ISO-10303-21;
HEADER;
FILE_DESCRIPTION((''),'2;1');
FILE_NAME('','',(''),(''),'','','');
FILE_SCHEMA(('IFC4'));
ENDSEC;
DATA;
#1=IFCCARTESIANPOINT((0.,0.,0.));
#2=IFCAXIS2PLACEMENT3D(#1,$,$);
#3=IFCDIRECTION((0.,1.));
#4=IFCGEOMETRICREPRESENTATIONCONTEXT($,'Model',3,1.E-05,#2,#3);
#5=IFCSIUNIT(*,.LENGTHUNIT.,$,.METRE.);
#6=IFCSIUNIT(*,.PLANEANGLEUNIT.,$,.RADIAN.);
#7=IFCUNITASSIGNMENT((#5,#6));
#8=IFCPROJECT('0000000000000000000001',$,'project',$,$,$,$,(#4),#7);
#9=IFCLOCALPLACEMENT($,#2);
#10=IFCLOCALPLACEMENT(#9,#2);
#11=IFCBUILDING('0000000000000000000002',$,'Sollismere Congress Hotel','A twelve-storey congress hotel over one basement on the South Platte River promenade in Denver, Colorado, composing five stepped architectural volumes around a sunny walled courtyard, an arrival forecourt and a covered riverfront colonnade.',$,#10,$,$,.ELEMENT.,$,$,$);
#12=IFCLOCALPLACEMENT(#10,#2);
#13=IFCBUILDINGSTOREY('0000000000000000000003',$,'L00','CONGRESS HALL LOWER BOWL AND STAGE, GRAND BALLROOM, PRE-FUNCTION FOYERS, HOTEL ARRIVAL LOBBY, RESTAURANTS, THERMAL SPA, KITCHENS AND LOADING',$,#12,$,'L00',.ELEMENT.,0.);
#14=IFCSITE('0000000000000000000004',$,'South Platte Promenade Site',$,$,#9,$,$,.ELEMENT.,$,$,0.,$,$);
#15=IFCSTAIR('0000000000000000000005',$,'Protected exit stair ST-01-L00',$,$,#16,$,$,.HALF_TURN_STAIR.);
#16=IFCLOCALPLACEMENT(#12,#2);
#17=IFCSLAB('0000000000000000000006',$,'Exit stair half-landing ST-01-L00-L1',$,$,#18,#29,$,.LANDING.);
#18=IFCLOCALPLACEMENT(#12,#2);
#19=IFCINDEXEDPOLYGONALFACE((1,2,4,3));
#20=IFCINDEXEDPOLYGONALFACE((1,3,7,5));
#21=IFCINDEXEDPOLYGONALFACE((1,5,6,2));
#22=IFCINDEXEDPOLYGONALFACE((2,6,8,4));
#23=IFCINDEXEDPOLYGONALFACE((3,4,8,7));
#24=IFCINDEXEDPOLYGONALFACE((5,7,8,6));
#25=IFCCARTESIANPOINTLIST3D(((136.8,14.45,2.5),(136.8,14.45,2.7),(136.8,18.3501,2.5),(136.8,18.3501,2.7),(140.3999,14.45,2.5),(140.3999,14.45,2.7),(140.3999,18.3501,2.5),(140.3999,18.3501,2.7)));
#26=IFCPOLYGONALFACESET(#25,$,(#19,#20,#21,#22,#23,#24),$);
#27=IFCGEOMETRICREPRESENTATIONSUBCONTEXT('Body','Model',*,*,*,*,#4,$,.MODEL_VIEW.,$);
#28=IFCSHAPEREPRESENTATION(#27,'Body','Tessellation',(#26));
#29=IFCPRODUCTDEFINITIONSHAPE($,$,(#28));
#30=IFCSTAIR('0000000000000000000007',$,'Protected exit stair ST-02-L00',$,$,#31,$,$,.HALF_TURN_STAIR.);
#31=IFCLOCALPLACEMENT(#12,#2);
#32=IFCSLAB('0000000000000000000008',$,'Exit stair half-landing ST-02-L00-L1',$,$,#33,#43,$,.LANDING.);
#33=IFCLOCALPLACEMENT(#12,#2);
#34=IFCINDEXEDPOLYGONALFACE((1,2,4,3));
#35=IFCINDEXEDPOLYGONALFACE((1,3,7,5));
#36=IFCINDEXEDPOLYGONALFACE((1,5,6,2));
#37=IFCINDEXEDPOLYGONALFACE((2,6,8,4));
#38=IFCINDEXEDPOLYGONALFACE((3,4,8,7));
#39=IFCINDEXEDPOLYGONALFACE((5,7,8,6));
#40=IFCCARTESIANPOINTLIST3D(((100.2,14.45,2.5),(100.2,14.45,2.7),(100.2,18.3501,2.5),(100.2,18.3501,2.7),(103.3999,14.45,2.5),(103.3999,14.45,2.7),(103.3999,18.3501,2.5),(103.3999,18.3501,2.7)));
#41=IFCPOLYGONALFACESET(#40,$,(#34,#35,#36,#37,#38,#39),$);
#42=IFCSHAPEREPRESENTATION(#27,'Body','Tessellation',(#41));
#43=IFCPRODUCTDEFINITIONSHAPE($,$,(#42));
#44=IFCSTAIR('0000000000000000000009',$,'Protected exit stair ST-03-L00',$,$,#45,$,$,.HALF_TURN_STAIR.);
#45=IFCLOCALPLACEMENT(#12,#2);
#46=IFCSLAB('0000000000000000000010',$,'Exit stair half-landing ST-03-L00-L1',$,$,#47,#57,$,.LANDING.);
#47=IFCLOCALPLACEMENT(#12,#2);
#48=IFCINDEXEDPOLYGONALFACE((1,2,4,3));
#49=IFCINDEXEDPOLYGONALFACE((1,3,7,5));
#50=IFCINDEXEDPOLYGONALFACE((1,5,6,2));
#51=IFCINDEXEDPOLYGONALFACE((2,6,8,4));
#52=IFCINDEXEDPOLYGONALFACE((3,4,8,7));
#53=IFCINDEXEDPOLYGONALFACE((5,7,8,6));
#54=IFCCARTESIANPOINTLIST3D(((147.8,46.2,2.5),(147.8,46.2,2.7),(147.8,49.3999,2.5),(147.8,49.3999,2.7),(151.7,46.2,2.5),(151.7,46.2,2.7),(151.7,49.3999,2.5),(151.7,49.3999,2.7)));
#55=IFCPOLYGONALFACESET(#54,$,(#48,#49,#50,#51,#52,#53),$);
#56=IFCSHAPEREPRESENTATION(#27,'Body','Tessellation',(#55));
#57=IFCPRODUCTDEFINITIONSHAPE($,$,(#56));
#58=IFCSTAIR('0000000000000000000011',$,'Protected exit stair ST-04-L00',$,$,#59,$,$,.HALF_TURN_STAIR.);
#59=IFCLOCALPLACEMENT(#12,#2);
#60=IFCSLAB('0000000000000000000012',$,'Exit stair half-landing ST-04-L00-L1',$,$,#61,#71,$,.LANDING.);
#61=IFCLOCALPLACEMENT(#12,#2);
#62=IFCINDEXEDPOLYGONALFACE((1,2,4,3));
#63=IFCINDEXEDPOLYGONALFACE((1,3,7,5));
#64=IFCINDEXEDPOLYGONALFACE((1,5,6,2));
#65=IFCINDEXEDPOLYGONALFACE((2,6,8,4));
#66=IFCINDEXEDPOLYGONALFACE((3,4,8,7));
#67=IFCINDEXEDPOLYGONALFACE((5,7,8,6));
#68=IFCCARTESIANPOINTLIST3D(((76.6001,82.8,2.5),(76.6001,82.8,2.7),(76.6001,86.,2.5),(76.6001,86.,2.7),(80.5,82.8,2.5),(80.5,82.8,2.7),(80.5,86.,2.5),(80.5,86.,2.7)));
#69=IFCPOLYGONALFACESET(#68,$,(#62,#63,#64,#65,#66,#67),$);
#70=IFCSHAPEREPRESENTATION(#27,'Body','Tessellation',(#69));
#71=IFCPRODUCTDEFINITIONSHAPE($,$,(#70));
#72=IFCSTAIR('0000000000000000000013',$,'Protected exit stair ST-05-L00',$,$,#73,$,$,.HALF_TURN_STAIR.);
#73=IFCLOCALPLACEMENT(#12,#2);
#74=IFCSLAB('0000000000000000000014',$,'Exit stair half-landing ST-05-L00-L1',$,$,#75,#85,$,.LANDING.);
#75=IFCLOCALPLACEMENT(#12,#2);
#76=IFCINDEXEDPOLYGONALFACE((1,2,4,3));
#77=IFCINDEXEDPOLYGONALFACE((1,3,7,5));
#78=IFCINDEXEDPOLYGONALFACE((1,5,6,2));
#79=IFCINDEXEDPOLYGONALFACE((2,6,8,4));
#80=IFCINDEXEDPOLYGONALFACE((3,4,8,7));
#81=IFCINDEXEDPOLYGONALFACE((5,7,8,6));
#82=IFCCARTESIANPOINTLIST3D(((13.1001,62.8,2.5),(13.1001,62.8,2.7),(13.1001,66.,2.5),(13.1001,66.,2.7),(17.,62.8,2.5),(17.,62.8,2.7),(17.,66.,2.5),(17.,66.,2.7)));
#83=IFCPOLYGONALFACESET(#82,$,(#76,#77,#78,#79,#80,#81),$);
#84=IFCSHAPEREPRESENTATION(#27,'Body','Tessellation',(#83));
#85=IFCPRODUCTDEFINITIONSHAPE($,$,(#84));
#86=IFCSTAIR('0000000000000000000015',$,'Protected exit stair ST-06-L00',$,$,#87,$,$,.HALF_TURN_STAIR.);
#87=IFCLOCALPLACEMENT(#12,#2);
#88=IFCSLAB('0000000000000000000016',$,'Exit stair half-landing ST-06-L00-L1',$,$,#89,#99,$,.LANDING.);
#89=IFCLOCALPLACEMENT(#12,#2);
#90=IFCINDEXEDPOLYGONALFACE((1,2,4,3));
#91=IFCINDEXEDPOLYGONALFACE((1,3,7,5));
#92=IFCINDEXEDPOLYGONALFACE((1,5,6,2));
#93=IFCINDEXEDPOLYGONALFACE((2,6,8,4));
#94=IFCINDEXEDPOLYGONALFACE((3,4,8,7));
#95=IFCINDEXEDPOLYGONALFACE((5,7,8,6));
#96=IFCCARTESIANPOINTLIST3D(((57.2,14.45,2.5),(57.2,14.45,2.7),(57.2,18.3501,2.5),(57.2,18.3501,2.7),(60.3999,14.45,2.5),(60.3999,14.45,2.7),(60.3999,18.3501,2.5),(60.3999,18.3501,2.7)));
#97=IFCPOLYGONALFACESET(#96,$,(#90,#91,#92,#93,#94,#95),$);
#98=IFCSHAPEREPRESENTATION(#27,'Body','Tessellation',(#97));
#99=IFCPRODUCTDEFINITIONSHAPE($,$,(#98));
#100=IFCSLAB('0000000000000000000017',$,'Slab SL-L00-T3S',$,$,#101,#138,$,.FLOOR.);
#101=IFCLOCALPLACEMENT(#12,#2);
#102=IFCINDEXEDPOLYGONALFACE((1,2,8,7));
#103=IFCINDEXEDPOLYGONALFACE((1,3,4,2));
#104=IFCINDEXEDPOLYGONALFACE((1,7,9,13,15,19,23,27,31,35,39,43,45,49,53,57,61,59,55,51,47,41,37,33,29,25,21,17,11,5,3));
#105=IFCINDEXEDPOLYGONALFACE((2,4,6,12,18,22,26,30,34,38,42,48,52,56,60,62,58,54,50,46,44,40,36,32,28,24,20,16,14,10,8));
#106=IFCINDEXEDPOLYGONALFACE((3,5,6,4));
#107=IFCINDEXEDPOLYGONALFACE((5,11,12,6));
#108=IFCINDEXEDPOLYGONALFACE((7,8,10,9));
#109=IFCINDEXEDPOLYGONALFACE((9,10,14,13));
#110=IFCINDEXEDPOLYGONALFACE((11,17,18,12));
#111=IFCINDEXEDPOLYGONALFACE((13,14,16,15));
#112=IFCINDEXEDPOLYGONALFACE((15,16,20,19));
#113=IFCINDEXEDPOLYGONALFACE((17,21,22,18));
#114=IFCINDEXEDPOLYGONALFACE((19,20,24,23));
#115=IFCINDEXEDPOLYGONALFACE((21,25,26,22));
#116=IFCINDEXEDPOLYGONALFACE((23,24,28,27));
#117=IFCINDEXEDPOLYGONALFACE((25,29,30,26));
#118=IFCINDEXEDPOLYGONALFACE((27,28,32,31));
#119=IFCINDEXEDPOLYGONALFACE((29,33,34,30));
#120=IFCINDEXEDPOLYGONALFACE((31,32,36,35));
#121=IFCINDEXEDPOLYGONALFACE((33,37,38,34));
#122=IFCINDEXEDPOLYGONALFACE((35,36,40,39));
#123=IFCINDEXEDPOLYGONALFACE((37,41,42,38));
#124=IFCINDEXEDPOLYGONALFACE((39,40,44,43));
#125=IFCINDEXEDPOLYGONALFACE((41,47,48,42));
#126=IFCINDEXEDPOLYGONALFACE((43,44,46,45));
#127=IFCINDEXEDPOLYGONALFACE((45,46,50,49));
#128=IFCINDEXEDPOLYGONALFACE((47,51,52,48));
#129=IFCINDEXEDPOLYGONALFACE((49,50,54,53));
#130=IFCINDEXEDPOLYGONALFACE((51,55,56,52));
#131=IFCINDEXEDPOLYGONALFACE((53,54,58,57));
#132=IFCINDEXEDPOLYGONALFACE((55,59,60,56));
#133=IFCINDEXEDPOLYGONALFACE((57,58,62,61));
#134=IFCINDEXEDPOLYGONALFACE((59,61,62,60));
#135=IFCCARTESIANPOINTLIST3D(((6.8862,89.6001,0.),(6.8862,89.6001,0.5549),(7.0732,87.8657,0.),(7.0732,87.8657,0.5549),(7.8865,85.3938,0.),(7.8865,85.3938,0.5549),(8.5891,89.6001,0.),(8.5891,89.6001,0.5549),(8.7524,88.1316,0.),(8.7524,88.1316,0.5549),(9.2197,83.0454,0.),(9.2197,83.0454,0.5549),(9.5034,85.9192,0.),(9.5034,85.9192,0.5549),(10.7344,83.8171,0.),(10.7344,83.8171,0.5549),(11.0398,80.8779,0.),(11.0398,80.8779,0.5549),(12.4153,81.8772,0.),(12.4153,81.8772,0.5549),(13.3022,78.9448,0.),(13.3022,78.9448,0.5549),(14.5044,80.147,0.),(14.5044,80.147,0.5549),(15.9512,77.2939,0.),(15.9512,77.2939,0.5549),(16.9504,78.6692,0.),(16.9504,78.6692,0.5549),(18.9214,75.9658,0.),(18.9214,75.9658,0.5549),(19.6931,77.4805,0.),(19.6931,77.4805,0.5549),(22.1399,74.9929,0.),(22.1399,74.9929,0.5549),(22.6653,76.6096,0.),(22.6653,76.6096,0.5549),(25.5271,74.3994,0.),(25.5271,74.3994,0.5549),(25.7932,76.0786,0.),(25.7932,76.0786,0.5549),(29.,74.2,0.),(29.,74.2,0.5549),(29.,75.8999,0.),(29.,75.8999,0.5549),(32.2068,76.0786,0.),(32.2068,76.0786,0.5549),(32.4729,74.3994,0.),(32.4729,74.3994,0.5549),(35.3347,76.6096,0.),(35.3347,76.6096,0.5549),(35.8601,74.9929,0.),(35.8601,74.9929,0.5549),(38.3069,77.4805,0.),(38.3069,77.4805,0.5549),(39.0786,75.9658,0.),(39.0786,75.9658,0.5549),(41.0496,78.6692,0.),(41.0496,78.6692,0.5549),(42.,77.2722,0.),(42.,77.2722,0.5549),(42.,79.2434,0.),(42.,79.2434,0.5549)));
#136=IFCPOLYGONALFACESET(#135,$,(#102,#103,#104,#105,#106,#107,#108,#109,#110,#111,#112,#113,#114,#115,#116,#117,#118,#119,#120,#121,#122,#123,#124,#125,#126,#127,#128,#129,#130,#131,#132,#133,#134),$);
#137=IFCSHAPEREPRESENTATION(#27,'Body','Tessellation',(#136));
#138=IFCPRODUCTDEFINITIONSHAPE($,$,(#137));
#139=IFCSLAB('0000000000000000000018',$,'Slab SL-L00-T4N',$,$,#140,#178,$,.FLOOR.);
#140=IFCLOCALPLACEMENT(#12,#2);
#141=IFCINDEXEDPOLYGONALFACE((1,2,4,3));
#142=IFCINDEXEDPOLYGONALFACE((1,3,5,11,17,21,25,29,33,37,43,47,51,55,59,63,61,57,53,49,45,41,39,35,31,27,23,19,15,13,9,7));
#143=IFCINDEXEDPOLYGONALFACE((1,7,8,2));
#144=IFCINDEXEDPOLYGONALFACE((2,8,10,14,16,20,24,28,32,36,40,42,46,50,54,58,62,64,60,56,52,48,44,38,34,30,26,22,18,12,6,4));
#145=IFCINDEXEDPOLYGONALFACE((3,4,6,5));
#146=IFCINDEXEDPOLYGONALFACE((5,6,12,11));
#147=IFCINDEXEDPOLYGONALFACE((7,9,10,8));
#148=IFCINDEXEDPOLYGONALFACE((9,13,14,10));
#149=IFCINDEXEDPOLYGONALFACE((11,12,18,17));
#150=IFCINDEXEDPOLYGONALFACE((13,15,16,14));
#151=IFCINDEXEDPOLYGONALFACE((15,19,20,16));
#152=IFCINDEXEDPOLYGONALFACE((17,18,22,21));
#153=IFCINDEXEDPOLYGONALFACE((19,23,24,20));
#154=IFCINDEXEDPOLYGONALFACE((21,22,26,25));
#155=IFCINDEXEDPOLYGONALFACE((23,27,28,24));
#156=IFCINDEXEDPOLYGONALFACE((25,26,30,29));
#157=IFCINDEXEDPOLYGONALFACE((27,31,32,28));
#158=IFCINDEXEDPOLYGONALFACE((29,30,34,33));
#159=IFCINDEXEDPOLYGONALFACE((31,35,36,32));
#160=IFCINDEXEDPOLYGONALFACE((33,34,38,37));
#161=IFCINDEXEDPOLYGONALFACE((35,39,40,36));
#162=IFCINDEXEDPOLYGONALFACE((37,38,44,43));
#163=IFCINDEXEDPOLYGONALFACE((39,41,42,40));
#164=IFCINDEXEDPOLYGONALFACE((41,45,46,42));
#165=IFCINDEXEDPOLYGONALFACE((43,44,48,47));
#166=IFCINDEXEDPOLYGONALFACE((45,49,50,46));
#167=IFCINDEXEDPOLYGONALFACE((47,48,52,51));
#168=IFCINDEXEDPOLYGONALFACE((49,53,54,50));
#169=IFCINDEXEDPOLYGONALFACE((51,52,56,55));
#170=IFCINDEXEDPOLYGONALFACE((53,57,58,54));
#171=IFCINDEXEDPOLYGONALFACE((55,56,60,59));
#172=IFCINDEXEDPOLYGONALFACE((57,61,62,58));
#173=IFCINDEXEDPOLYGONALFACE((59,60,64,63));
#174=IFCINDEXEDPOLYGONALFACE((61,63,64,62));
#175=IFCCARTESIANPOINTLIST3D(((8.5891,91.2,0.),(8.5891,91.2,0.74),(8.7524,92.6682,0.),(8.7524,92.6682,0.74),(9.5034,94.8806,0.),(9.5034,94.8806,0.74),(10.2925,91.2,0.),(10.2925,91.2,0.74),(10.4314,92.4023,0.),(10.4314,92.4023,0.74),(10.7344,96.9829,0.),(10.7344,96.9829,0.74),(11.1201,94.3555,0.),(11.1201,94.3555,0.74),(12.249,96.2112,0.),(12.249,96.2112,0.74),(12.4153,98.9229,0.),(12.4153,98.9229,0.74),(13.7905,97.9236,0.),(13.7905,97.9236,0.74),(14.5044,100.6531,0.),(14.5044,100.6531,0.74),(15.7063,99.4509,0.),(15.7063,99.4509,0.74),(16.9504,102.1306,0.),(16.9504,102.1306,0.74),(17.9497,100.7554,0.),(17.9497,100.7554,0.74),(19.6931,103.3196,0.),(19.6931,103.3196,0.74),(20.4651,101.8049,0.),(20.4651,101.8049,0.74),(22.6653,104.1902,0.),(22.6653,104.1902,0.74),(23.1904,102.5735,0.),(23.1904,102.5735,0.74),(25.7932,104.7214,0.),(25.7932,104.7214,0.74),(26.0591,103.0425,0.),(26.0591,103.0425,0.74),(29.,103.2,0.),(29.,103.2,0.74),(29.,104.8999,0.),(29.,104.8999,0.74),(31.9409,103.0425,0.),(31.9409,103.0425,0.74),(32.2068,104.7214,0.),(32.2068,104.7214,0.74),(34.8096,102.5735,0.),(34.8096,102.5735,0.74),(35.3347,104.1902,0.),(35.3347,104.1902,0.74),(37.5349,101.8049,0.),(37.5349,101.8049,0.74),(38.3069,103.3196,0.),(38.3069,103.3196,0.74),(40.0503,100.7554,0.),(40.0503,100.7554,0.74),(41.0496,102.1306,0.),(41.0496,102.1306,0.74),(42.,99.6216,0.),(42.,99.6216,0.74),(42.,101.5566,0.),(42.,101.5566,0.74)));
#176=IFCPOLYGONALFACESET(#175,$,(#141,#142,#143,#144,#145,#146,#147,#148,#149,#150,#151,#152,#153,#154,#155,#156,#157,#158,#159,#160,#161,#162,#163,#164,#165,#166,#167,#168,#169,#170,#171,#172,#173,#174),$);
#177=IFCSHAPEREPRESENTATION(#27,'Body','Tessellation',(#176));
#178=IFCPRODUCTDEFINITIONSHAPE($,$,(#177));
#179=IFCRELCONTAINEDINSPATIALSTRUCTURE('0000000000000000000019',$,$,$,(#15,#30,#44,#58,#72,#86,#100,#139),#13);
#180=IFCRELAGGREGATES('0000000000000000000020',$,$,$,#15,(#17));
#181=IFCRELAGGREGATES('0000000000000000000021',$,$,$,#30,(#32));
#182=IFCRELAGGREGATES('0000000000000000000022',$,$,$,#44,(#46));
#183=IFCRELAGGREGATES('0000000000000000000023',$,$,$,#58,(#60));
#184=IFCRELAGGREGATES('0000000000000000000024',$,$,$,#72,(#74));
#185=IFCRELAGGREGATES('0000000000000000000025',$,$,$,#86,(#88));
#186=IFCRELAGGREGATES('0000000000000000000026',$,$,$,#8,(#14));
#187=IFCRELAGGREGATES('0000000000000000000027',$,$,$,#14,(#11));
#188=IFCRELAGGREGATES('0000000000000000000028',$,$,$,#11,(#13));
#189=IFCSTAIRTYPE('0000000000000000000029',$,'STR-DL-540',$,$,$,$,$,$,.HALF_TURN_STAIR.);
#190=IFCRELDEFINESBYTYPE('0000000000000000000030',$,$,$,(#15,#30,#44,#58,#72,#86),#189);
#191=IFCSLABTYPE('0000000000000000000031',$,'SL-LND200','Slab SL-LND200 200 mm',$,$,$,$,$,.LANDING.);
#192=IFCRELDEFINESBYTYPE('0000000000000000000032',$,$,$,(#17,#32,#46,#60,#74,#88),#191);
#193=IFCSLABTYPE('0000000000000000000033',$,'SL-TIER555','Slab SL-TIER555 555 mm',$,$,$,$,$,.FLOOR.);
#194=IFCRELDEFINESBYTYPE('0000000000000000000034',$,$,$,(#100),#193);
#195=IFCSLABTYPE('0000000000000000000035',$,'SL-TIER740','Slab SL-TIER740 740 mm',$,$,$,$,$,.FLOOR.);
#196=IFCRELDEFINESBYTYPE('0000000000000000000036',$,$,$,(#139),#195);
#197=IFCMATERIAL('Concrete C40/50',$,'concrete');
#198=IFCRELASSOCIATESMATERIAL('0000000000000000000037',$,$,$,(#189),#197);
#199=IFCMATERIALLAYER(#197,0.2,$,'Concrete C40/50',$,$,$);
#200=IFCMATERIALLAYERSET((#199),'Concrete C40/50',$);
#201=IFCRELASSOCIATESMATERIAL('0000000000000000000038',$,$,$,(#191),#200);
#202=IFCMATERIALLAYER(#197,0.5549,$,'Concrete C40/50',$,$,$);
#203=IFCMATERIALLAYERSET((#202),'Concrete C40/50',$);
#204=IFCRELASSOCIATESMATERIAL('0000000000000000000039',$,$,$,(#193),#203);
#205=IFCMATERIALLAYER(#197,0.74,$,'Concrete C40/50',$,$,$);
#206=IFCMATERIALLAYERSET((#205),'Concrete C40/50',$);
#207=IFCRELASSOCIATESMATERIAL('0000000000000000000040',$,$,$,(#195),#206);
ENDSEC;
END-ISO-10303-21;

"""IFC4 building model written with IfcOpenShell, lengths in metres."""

from ifc_helpers import new_model, si_unit, direction, frame, origin, place, context, subcontext, project, spatial, polyline, outline, extrude, material, layer, layer_set, type_object, element, aggregate, save


model = new_model("IFC4")

# Units and contexts
model_context = context("Model", 3, precision=1e-05, world=origin(), true_north=direction((0.0, 1.0)))
body_context = subcontext(model_context, "Body", "Model", "MODEL_VIEW")
ifc_project = project(units=[si_unit("LENGTHUNIT", "METRE"), si_unit("PLANEANGLEUNIT", "RADIAN")], contexts=[model_context])

# Site, building, storey
site_placement = place(None, origin())
site = spatial("IfcSite", under=ifc_project, at=site_placement, Name="South Platte Promenade Site", CompositionType="ELEMENT", RefElevation=0.0)
building_placement = place(site_placement, origin())
building = spatial("IfcBuilding", under=site, at=building_placement, Name="Sollismere Congress Hotel", Description="A twelve-storey congress hotel over one basement on the South Platte River promenade in Denver, Colorado, composing five stepped architectural volumes around a sunny walled courtyard, an arrival forecourt and a covered riverfront colonnade.", CompositionType="ELEMENT")
storey_placement = place(building_placement, origin())
storey = spatial("IfcBuildingStorey", under=building, at=storey_placement, Name="L00", Description="CONGRESS HALL LOWER BOWL AND STAGE, GRAND BALLROOM, PRE-FUNCTION FOYERS, HOTEL ARRIVAL LOBBY, RESTAURANTS, THERMAL SPA, KITCHENS AND LOADING", LongName="L00", CompositionType="ELEMENT", Elevation=0.0)

# Stairs, slabs
ifc_material_1 = material(Name="Concrete C40/50", Category="concrete")
stair_type = type_object("IfcStairType", Name="STR-DL-540", PredefinedType="HALF_TURN_STAIR", material=ifc_material_1)
stair_1_placement = place(storey_placement, origin())
stair_1 = element("IfcStair", 1, at=stair_1_placement, inside=storey, type_object=stair_type, Name="Protected exit stair ST-01-L00", PredefinedType="HALF_TURN_STAIR")
ifc_layer_1 = layer(ifc_material_1, 0.2, Name="Concrete C40/50")
ifc_layer_set_1 = layer_set([ifc_layer_1], Name="Concrete C40/50")
slab_type_1 = type_object("IfcSlabType", Name="SL-LND200", Description="Slab SL-LND200 200 mm", PredefinedType="LANDING", material=ifc_layer_set_1)
slab_1_placement = place(storey_placement, frame((0.0, 0.0, 2.5)))
slab_1 = element("IfcSlab", 2, at=slab_1_placement, type_object=slab_type_1, Name="Exit stair half-landing ST-01-L00-L1", PredefinedType="LANDING", context=body_context, shape_type="SweptSolid", body=[
    extrude(outline(polyline([(140.3999, 18.3501), (136.8, 18.3501), (136.8, 14.45), (140.3999, 14.45), (140.3999, 18.3501)])), origin(), (0.0, 0.0, 1.0), 0.2),
])
aggregate(stair_1, [slab_1])
stair_2_placement = place(storey_placement, origin())
stair_2 = element("IfcStair", 3, at=stair_2_placement, inside=storey, type_object=stair_type, Name="Protected exit stair ST-02-L00", PredefinedType="HALF_TURN_STAIR")
slab_2_placement = place(storey_placement, frame((0.0, 0.0, 2.5)))
slab_2 = element("IfcSlab", 4, at=slab_2_placement, type_object=slab_type_1, Name="Exit stair half-landing ST-02-L00-L1", PredefinedType="LANDING", context=body_context, shape_type="SweptSolid", body=[
    extrude(outline(polyline([(100.2, 14.45), (103.3999, 14.45), (103.3999, 18.3501), (100.2, 18.3501), (100.2, 14.45)])), origin(), (0.0, 0.0, 1.0), 0.2),
])
aggregate(stair_2, [slab_2])
stair_3_placement = place(storey_placement, origin())
stair_3 = element("IfcStair", 5, at=stair_3_placement, inside=storey, type_object=stair_type, Name="Protected exit stair ST-03-L00", PredefinedType="HALF_TURN_STAIR")
slab_3_placement = place(storey_placement, frame((0.0, 0.0, 2.5)))
slab_3 = element("IfcSlab", 6, at=slab_3_placement, type_object=slab_type_1, Name="Exit stair half-landing ST-03-L00-L1", PredefinedType="LANDING", context=body_context, shape_type="SweptSolid", body=[
    extrude(outline(polyline([(151.7, 46.2), (151.7, 49.3999), (147.8, 49.3999), (147.8, 46.2), (151.7, 46.2)])), origin(), (0.0, 0.0, 1.0), 0.2),
])
aggregate(stair_3, [slab_3])
stair_4_placement = place(storey_placement, origin())
stair_4 = element("IfcStair", 7, at=stair_4_placement, inside=storey, type_object=stair_type, Name="Protected exit stair ST-04-L00", PredefinedType="HALF_TURN_STAIR")
slab_4_placement = place(storey_placement, frame((0.0, 0.0, 2.5)))
slab_4 = element("IfcSlab", 8, at=slab_4_placement, type_object=slab_type_1, Name="Exit stair half-landing ST-04-L00-L1", PredefinedType="LANDING", context=body_context, shape_type="SweptSolid", body=[
    extrude(outline(polyline([(80.5, 82.8), (80.5, 86.0), (76.6001, 86.0), (76.6001, 82.8), (80.5, 82.8)])), origin(), (0.0, 0.0, 1.0), 0.2),
])
aggregate(stair_4, [slab_4])
stair_5_placement = place(storey_placement, origin())
stair_5 = element("IfcStair", 9, at=stair_5_placement, inside=storey, type_object=stair_type, Name="Protected exit stair ST-05-L00", PredefinedType="HALF_TURN_STAIR")
slab_5_placement = place(storey_placement, frame((0.0, 0.0, 2.5)))
slab_5 = element("IfcSlab", 10, at=slab_5_placement, type_object=slab_type_1, Name="Exit stair half-landing ST-05-L00-L1", PredefinedType="LANDING", context=body_context, shape_type="SweptSolid", body=[
    extrude(outline(polyline([(17.0, 62.8), (17.0, 66.0), (13.1001, 66.0), (13.1001, 62.8), (17.0, 62.8)])), origin(), (0.0, 0.0, 1.0), 0.2),
])
aggregate(stair_5, [slab_5])
stair_6_placement = place(storey_placement, origin())
stair_6 = element("IfcStair", 11, at=stair_6_placement, inside=storey, type_object=stair_type, Name="Protected exit stair ST-06-L00", PredefinedType="HALF_TURN_STAIR")
slab_6_placement = place(storey_placement, frame((0.0, 0.0, 2.5)))
slab_6 = element("IfcSlab", 12, at=slab_6_placement, type_object=slab_type_1, Name="Exit stair half-landing ST-06-L00-L1", PredefinedType="LANDING", context=body_context, shape_type="SweptSolid", body=[
    extrude(outline(polyline([(57.2, 14.45), (60.3999, 14.45), (60.3999, 18.3501), (57.2, 18.3501), (57.2, 14.45)])), origin(), (0.0, 0.0, 1.0), 0.2),
])
aggregate(stair_6, [slab_6])

# Slabs
ifc_layer_2 = layer(ifc_material_1, 0.5549, Name="Concrete C40/50")
ifc_layer_set_2 = layer_set([ifc_layer_2], Name="Concrete C40/50")
slab_type_2 = type_object("IfcSlabType", Name="SL-TIER555", Description="Slab SL-TIER555 555 mm", PredefinedType="FLOOR", material=ifc_layer_set_2)
slab_7_placement = place(storey_placement, origin())
element("IfcSlab", 13, at=slab_7_placement, inside=storey, type_object=slab_type_2, Name="Slab SL-L00-T3S", PredefinedType="FLOOR", context=body_context, shape_type="SweptSolid", body=[
    extrude(outline(polyline([(42.0, 77.2722), (42.0, 79.2434), (41.0496, 78.6692), (38.3069, 77.4805), (35.3347, 76.6096), (32.2068, 76.0786), (29.0, 75.8999), (25.7932, 76.0786), (22.6653, 76.6096), (19.6931, 77.4805), (16.9504, 78.6692), (14.5044, 80.147), (12.4153, 81.8772), (10.7344, 83.8171), (9.5034, 85.9192), (8.7524, 88.1316), (8.5891, 89.6001), (6.8862, 89.6001), (7.0732, 87.8657), (7.8865, 85.3938), (9.2197, 83.0454), (11.0398, 80.8779), (13.3022, 78.9448), (15.9512, 77.2939), (18.9214, 75.9658), (22.1399, 74.9929), (25.5271, 74.3994), (29.0, 74.2), (32.4729, 74.3994), (35.8601, 74.9929), (39.0786, 75.9658), (42.0, 77.2722)])), origin(), (0.0, 0.0, 1.0), 0.5549),
])
ifc_layer_3 = layer(ifc_material_1, 0.74, Name="Concrete C40/50")
ifc_layer_set_3 = layer_set([ifc_layer_3], Name="Concrete C40/50")
slab_type_3 = type_object("IfcSlabType", Name="SL-TIER740", Description="Slab SL-TIER740 740 mm", PredefinedType="FLOOR", material=ifc_layer_set_3)
slab_8_placement = place(storey_placement, origin())
element("IfcSlab", 14, at=slab_8_placement, inside=storey, type_object=slab_type_3, Name="Slab SL-L00-T4N", PredefinedType="FLOOR", context=body_context, shape_type="SweptSolid", body=[
    extrude(outline(polyline([(8.5891, 91.2), (10.2925, 91.2), (10.4314, 92.4023), (11.1201, 94.3555), (12.249, 96.2112), (13.7905, 97.9236), (15.7063, 99.4509), (17.9497, 100.7554), (20.4651, 101.8049), (23.1904, 102.5735), (26.0591, 103.0425), (29.0, 103.2), (31.9409, 103.0425), (34.8096, 102.5735), (37.5349, 101.8049), (40.0503, 100.7554), (42.0, 99.6216), (42.0, 101.5566), (41.0496, 102.1306), (38.3069, 103.3196), (35.3347, 104.1902), (32.2068, 104.7214), (29.0, 104.8999), (25.7932, 104.7214), (22.6653, 104.1902), (19.6931, 103.3196), (16.9504, 102.1306), (14.5044, 100.6531), (12.4153, 98.9229), (10.7344, 96.9829), (9.5034, 94.8806), (8.7524, 92.6682), (8.5891, 91.2)])), origin(), (0.0, 0.0, 1.0), 0.74),
])

save(model, "model.ifc")
